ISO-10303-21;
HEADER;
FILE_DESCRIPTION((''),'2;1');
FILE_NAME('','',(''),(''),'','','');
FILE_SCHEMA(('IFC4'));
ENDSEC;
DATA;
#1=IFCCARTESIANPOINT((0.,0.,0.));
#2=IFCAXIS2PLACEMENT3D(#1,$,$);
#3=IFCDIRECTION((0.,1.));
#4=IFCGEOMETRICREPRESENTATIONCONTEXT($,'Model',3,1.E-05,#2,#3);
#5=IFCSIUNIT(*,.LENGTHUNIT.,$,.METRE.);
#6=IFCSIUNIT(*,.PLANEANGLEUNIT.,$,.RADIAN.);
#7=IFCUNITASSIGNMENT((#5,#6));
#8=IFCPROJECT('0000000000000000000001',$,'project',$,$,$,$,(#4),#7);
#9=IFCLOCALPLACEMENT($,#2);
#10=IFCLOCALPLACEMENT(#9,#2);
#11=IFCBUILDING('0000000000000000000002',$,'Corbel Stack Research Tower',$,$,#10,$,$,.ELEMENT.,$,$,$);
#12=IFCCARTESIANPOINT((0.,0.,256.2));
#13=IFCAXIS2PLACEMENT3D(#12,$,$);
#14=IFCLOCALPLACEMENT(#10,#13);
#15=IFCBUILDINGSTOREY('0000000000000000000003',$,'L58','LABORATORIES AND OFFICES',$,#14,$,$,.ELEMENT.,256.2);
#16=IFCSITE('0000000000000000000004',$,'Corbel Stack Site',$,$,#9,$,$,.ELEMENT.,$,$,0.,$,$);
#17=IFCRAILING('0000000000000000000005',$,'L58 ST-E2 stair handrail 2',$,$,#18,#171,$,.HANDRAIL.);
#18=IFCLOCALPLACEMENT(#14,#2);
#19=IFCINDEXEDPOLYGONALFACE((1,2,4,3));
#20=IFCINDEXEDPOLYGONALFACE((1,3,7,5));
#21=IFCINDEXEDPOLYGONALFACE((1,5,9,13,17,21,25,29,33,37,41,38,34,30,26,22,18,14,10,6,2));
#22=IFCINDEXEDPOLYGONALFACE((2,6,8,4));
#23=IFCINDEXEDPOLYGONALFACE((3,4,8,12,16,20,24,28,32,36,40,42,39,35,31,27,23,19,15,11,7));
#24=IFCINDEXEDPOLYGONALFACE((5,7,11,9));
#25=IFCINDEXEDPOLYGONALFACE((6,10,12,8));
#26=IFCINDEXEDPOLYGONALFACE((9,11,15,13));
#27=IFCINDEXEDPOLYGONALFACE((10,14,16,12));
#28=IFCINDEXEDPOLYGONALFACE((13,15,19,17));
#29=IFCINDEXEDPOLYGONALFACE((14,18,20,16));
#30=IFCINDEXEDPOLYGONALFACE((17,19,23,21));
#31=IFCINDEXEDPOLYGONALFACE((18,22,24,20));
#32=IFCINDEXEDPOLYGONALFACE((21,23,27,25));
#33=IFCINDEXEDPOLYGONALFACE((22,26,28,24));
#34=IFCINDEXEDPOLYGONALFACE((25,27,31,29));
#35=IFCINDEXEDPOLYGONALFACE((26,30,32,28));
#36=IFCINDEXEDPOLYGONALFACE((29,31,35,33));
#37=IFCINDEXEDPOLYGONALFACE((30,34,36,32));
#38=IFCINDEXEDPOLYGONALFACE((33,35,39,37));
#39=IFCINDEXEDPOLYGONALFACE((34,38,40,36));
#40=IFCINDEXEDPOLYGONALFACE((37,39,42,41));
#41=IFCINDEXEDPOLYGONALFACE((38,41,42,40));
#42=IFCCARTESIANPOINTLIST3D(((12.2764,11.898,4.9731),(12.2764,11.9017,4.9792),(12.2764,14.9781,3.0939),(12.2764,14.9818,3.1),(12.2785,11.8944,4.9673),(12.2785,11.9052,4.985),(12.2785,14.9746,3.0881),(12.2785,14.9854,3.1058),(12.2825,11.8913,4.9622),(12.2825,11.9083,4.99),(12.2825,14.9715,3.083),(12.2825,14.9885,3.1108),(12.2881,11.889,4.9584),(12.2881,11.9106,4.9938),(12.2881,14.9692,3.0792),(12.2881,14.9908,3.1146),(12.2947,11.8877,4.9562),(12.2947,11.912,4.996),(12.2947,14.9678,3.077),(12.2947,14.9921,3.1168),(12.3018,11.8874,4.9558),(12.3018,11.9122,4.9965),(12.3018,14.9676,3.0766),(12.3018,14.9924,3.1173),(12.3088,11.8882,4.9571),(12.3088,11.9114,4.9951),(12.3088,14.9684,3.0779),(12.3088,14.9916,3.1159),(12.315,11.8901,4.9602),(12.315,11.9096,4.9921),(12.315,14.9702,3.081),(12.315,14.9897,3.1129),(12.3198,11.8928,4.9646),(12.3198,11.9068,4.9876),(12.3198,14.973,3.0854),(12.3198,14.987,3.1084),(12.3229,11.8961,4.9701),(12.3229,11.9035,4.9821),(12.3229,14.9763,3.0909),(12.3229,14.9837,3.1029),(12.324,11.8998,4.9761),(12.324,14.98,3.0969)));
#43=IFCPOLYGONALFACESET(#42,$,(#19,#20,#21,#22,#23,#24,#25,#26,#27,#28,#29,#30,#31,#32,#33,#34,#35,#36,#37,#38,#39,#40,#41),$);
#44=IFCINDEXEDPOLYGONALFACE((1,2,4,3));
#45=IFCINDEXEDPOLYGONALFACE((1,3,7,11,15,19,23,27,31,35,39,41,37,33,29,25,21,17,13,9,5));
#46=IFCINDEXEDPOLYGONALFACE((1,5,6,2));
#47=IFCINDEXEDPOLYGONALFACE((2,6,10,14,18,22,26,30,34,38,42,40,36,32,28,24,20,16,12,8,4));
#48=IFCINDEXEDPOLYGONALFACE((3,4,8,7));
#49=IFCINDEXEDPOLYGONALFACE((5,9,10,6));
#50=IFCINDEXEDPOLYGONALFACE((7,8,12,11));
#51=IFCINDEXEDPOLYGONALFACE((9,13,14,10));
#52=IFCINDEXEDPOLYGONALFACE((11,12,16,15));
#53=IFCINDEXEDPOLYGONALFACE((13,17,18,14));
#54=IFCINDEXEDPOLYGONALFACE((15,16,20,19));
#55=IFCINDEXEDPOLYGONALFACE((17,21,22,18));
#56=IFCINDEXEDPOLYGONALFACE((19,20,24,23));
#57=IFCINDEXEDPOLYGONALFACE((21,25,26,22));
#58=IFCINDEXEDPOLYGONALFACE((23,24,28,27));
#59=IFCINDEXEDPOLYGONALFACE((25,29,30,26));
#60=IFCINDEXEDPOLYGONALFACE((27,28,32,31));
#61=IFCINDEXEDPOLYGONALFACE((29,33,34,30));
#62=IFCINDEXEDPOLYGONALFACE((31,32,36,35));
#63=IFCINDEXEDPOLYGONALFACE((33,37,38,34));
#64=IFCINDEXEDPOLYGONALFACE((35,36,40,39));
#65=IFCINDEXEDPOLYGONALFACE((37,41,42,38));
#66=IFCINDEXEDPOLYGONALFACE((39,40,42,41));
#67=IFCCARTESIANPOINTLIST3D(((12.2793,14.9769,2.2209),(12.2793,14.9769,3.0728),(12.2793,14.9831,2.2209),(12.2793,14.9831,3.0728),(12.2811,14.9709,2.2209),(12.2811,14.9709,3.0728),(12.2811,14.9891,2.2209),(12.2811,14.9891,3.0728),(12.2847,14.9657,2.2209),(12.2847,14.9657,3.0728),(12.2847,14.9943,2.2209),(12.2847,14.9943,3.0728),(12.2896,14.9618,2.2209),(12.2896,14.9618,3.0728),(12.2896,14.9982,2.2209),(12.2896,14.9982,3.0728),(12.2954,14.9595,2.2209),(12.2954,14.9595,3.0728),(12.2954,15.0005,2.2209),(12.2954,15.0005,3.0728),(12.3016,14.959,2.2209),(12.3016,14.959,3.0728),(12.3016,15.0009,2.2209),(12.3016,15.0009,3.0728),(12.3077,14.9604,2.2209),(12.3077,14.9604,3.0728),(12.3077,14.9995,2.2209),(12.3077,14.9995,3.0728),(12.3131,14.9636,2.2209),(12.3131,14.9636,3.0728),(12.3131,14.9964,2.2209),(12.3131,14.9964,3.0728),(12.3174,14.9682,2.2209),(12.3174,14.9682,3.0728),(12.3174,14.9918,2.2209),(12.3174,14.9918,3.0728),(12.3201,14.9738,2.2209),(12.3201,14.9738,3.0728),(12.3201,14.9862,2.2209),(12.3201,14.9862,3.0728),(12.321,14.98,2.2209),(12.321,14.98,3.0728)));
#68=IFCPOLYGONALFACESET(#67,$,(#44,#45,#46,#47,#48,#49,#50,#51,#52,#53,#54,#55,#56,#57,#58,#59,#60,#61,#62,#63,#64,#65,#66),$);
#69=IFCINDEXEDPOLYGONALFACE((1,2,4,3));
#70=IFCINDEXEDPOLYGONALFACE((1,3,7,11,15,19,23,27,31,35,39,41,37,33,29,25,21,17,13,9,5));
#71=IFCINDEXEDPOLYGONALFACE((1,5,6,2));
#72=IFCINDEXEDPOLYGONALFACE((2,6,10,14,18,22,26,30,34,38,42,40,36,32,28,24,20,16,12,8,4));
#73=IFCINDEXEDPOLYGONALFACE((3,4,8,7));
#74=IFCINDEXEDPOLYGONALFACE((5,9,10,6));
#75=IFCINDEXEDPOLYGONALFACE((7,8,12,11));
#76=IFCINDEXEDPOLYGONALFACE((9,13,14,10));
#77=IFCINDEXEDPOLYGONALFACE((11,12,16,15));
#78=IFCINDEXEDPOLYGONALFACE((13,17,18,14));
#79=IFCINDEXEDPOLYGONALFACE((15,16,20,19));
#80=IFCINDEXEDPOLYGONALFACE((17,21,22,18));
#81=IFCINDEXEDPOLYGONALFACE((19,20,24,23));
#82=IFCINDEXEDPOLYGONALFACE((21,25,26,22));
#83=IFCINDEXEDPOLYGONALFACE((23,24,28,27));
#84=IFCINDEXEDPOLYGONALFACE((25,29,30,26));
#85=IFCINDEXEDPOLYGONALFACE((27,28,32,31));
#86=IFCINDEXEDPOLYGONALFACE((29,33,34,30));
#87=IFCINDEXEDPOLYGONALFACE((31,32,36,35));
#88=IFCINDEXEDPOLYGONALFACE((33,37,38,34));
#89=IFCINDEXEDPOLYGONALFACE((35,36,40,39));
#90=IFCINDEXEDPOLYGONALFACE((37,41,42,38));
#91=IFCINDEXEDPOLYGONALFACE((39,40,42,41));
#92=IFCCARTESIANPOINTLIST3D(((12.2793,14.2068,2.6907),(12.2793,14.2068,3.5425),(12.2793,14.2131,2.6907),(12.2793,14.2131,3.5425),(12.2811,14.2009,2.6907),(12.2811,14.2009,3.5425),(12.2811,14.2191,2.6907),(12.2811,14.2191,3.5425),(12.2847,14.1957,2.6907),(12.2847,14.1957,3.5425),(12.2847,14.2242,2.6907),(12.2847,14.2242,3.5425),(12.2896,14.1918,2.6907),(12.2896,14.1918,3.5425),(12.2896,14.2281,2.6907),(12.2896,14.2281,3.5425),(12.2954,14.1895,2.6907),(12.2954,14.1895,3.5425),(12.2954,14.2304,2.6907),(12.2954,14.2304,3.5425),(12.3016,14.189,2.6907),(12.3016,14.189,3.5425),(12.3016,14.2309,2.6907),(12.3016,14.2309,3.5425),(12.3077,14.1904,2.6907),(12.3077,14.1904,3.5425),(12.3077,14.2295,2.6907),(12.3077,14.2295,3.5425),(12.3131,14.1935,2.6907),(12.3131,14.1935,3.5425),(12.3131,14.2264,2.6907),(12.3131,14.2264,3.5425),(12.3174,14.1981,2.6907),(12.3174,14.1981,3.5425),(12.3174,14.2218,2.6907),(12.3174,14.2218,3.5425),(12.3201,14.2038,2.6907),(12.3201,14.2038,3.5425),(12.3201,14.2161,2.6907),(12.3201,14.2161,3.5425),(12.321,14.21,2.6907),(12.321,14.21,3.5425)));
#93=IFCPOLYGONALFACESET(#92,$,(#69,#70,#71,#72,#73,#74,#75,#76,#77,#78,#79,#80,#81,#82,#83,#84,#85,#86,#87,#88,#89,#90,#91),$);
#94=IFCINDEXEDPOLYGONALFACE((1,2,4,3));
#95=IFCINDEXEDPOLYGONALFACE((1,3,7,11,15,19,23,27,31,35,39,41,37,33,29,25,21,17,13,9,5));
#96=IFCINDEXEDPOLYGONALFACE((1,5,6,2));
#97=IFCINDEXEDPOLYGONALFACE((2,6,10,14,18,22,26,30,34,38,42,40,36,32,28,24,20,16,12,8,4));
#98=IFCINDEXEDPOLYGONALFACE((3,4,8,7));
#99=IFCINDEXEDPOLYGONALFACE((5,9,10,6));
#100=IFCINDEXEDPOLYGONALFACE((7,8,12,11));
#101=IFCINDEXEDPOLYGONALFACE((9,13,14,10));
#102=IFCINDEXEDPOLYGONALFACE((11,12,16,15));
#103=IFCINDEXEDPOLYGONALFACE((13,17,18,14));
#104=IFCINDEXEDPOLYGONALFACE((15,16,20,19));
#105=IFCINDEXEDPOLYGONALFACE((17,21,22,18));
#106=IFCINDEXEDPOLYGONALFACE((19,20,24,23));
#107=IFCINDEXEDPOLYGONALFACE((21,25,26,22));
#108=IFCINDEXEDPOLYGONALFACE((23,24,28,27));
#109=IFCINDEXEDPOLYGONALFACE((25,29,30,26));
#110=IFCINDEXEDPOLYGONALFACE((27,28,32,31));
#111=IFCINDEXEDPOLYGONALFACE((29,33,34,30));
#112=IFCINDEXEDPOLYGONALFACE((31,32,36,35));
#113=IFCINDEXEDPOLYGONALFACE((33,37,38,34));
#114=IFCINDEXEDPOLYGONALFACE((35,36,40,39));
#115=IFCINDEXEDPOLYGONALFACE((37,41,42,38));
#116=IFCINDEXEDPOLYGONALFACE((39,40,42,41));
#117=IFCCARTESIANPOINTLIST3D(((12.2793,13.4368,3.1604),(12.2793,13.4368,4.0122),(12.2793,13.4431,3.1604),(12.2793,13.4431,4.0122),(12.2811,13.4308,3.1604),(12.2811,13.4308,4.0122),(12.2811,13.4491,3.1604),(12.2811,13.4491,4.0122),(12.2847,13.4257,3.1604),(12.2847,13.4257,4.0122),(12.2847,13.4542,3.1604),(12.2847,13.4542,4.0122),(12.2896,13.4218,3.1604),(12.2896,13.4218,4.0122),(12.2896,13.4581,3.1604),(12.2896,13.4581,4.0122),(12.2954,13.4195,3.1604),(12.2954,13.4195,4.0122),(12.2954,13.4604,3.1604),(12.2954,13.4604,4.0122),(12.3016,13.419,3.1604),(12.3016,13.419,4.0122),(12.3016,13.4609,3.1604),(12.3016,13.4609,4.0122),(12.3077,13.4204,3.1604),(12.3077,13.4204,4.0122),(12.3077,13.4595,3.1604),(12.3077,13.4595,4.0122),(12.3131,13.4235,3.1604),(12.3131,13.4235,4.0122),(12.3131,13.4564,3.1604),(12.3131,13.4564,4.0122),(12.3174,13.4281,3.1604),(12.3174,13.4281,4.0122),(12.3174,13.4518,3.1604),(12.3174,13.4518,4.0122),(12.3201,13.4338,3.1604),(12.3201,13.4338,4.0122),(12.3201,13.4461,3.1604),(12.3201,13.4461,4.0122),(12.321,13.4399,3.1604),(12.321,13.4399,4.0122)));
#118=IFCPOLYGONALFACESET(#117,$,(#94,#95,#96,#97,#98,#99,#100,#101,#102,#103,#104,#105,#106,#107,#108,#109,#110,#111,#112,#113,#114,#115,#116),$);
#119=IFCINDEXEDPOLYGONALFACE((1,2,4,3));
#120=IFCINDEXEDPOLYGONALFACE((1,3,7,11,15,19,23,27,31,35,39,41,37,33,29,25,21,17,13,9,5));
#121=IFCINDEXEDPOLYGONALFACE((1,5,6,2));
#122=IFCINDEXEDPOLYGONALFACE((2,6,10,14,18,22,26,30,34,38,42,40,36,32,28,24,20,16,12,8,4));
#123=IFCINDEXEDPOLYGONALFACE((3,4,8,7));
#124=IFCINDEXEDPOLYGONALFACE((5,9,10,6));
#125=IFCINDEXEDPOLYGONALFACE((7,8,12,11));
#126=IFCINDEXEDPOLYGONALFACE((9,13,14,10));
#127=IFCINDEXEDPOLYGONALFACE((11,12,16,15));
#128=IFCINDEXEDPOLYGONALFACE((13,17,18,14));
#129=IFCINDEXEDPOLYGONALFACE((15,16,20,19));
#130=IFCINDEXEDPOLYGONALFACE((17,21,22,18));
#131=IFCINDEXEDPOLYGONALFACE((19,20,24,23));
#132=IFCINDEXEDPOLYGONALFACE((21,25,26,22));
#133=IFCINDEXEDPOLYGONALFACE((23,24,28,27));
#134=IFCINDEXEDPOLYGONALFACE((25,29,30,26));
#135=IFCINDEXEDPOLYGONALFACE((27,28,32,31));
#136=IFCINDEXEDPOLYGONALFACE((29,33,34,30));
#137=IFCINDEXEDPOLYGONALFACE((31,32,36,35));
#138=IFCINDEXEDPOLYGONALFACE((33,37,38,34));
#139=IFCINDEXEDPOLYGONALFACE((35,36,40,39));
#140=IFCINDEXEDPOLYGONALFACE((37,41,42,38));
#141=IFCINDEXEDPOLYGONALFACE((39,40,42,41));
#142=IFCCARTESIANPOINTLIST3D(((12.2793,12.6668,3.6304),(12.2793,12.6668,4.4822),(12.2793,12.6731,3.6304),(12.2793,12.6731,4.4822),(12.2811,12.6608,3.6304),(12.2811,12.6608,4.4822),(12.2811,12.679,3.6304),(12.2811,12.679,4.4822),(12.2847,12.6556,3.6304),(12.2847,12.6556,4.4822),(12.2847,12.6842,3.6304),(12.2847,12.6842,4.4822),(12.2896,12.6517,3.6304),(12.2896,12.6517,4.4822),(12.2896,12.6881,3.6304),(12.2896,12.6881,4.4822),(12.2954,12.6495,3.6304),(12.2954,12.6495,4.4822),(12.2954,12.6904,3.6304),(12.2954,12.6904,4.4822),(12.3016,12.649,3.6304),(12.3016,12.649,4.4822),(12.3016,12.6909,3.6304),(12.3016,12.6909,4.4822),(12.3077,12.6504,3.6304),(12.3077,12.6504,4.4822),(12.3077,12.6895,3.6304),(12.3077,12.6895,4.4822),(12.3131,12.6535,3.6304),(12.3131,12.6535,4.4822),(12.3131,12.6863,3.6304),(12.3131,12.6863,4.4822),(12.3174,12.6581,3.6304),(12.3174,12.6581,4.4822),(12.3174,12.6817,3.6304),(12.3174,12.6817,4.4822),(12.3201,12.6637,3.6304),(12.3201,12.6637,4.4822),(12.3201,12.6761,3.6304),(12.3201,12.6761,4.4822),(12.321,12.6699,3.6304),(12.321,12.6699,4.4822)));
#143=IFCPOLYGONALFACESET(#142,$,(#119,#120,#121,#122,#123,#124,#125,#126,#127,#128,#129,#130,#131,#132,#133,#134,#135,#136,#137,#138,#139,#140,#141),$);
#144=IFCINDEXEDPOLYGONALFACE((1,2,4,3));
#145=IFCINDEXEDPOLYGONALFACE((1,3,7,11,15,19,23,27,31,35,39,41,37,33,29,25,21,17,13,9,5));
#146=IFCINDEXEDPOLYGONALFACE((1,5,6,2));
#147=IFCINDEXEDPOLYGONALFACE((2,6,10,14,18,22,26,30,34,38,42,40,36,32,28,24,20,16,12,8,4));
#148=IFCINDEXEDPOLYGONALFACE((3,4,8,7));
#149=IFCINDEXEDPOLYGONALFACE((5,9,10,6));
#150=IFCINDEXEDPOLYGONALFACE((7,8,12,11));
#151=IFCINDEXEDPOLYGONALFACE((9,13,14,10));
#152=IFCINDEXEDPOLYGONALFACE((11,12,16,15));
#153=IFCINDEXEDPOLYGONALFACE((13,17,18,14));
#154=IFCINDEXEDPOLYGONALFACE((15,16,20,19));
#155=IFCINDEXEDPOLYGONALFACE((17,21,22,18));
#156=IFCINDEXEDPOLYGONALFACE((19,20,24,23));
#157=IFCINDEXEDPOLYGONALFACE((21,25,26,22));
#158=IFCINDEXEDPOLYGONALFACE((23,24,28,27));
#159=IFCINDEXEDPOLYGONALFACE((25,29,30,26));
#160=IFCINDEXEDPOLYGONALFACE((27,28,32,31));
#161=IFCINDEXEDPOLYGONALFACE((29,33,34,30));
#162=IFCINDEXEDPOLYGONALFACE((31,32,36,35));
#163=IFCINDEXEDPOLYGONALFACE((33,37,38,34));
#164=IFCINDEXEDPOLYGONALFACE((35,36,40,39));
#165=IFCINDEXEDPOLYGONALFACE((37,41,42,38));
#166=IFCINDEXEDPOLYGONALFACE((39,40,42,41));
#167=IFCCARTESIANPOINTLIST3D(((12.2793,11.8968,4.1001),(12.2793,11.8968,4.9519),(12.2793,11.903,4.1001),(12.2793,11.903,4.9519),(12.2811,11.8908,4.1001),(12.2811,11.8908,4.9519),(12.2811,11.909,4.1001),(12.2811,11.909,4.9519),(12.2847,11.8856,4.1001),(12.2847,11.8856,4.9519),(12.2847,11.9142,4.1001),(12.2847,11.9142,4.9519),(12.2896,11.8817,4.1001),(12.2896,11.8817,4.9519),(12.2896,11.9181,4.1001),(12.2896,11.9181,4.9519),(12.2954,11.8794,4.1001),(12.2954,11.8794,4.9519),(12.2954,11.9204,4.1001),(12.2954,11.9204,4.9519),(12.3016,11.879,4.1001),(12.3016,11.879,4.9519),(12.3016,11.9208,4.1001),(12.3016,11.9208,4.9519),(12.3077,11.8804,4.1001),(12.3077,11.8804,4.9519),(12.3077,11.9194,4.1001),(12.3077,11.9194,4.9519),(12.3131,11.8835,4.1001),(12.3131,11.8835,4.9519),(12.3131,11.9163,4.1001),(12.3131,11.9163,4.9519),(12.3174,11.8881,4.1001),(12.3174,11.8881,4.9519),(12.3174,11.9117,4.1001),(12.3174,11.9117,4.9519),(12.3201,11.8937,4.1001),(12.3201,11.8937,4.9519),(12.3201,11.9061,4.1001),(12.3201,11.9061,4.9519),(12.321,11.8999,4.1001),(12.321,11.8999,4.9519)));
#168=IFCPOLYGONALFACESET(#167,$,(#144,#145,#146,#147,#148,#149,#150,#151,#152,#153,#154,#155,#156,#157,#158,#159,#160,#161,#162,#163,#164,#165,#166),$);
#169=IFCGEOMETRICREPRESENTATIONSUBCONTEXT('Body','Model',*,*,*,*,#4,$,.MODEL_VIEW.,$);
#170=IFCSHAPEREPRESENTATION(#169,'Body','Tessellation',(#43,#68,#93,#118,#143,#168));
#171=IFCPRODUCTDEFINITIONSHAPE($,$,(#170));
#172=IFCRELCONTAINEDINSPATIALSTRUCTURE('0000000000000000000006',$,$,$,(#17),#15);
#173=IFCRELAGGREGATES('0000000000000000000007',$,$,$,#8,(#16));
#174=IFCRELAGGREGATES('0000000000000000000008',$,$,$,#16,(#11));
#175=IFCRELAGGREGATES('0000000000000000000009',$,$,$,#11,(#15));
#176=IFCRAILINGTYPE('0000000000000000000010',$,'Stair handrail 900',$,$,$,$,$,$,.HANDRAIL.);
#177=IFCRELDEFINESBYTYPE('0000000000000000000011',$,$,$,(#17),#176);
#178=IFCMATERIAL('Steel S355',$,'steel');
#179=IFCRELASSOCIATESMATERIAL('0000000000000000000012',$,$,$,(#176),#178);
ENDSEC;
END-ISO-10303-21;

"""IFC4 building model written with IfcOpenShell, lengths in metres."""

from ifc_helpers import new_model, si_unit, direction, frame, origin, origin_2d, place, context, subcontext, project, spatial, circle, extrude, material, type_object, element, save


model = new_model("IFC4")

# Units and contexts
model_context = context("Model", 3, precision=1e-05, world=origin(), true_north=direction((0.0, 1.0)))
body_context = subcontext(model_context, "Body", "Model", "MODEL_VIEW")
ifc_project = project(units=[si_unit("LENGTHUNIT", "METRE"), si_unit("PLANEANGLEUNIT", "RADIAN")], contexts=[model_context])

# Site, building, storey
site_placement = place(None, origin())
site = spatial("IfcSite", under=ifc_project, at=site_placement, Name="Corbel Stack Site", CompositionType="ELEMENT", RefElevation=0.0)
building_placement = place(site_placement, origin())
building = spatial("IfcBuilding", under=site, at=building_placement, Name="Corbel Stack Research Tower", CompositionType="ELEMENT")
storey_placement = place(building_placement, frame((0.0, 0.0, 256.2)))
storey = spatial("IfcBuildingStorey", under=building, at=storey_placement, Name="L58", Description="LABORATORIES AND OFFICES", CompositionType="ELEMENT", Elevation=256.2)

# Railing
ifc_material_1 = material(Name="Steel S355", Category="steel")
railing_type_1 = type_object("IfcRailingType", Name="Stair handrail 900", PredefinedType="HANDRAIL", material=ifc_material_1)
railing_1_placement = place(storey_placement, frame((12.3, 14.98, 2.2209)))
element("IfcRailing", 1, at=railing_1_placement, inside=storey, type_object=railing_type_1, Name="L58 ST-E2 stair handrail 2", PredefinedType="HANDRAIL", context=body_context, shape_type="SweptSolid", body=[
    extrude(circle(Radius=0.0239, at=origin_2d()), frame((0.0, 0.0, 0.876), z_axis=(0.0, -0.853666, 0.52082), x_axis=(1.0, 0.0, 0.0)), (0.0, 0.0, 1.0), 3.6082),
    extrude(circle(Radius=0.021, at=origin_2d()), origin(), (0.0, 0.0, 1.0), 0.8518),
    extrude(circle(Radius=0.021, at=origin_2d()), frame((0.0, -0.77, 0.4697)), (0.0, 0.0, 1.0), 0.8518),
    extrude(circle(Radius=0.021, at=origin_2d()), frame((0.0, -1.54, 0.9395)), (0.0, 0.0, 1.0), 0.8518),
    extrude(circle(Radius=0.021, at=origin_2d()), frame((0.0, -2.3101, 1.4094)), (0.0, 0.0, 1.0), 0.8518),
    extrude(circle(Radius=0.021, at=origin_2d()), frame((0.0, -3.0801, 1.8792)), (0.0, 0.0, 1.0), 0.8518),
])

save(model, "model.ifc")
